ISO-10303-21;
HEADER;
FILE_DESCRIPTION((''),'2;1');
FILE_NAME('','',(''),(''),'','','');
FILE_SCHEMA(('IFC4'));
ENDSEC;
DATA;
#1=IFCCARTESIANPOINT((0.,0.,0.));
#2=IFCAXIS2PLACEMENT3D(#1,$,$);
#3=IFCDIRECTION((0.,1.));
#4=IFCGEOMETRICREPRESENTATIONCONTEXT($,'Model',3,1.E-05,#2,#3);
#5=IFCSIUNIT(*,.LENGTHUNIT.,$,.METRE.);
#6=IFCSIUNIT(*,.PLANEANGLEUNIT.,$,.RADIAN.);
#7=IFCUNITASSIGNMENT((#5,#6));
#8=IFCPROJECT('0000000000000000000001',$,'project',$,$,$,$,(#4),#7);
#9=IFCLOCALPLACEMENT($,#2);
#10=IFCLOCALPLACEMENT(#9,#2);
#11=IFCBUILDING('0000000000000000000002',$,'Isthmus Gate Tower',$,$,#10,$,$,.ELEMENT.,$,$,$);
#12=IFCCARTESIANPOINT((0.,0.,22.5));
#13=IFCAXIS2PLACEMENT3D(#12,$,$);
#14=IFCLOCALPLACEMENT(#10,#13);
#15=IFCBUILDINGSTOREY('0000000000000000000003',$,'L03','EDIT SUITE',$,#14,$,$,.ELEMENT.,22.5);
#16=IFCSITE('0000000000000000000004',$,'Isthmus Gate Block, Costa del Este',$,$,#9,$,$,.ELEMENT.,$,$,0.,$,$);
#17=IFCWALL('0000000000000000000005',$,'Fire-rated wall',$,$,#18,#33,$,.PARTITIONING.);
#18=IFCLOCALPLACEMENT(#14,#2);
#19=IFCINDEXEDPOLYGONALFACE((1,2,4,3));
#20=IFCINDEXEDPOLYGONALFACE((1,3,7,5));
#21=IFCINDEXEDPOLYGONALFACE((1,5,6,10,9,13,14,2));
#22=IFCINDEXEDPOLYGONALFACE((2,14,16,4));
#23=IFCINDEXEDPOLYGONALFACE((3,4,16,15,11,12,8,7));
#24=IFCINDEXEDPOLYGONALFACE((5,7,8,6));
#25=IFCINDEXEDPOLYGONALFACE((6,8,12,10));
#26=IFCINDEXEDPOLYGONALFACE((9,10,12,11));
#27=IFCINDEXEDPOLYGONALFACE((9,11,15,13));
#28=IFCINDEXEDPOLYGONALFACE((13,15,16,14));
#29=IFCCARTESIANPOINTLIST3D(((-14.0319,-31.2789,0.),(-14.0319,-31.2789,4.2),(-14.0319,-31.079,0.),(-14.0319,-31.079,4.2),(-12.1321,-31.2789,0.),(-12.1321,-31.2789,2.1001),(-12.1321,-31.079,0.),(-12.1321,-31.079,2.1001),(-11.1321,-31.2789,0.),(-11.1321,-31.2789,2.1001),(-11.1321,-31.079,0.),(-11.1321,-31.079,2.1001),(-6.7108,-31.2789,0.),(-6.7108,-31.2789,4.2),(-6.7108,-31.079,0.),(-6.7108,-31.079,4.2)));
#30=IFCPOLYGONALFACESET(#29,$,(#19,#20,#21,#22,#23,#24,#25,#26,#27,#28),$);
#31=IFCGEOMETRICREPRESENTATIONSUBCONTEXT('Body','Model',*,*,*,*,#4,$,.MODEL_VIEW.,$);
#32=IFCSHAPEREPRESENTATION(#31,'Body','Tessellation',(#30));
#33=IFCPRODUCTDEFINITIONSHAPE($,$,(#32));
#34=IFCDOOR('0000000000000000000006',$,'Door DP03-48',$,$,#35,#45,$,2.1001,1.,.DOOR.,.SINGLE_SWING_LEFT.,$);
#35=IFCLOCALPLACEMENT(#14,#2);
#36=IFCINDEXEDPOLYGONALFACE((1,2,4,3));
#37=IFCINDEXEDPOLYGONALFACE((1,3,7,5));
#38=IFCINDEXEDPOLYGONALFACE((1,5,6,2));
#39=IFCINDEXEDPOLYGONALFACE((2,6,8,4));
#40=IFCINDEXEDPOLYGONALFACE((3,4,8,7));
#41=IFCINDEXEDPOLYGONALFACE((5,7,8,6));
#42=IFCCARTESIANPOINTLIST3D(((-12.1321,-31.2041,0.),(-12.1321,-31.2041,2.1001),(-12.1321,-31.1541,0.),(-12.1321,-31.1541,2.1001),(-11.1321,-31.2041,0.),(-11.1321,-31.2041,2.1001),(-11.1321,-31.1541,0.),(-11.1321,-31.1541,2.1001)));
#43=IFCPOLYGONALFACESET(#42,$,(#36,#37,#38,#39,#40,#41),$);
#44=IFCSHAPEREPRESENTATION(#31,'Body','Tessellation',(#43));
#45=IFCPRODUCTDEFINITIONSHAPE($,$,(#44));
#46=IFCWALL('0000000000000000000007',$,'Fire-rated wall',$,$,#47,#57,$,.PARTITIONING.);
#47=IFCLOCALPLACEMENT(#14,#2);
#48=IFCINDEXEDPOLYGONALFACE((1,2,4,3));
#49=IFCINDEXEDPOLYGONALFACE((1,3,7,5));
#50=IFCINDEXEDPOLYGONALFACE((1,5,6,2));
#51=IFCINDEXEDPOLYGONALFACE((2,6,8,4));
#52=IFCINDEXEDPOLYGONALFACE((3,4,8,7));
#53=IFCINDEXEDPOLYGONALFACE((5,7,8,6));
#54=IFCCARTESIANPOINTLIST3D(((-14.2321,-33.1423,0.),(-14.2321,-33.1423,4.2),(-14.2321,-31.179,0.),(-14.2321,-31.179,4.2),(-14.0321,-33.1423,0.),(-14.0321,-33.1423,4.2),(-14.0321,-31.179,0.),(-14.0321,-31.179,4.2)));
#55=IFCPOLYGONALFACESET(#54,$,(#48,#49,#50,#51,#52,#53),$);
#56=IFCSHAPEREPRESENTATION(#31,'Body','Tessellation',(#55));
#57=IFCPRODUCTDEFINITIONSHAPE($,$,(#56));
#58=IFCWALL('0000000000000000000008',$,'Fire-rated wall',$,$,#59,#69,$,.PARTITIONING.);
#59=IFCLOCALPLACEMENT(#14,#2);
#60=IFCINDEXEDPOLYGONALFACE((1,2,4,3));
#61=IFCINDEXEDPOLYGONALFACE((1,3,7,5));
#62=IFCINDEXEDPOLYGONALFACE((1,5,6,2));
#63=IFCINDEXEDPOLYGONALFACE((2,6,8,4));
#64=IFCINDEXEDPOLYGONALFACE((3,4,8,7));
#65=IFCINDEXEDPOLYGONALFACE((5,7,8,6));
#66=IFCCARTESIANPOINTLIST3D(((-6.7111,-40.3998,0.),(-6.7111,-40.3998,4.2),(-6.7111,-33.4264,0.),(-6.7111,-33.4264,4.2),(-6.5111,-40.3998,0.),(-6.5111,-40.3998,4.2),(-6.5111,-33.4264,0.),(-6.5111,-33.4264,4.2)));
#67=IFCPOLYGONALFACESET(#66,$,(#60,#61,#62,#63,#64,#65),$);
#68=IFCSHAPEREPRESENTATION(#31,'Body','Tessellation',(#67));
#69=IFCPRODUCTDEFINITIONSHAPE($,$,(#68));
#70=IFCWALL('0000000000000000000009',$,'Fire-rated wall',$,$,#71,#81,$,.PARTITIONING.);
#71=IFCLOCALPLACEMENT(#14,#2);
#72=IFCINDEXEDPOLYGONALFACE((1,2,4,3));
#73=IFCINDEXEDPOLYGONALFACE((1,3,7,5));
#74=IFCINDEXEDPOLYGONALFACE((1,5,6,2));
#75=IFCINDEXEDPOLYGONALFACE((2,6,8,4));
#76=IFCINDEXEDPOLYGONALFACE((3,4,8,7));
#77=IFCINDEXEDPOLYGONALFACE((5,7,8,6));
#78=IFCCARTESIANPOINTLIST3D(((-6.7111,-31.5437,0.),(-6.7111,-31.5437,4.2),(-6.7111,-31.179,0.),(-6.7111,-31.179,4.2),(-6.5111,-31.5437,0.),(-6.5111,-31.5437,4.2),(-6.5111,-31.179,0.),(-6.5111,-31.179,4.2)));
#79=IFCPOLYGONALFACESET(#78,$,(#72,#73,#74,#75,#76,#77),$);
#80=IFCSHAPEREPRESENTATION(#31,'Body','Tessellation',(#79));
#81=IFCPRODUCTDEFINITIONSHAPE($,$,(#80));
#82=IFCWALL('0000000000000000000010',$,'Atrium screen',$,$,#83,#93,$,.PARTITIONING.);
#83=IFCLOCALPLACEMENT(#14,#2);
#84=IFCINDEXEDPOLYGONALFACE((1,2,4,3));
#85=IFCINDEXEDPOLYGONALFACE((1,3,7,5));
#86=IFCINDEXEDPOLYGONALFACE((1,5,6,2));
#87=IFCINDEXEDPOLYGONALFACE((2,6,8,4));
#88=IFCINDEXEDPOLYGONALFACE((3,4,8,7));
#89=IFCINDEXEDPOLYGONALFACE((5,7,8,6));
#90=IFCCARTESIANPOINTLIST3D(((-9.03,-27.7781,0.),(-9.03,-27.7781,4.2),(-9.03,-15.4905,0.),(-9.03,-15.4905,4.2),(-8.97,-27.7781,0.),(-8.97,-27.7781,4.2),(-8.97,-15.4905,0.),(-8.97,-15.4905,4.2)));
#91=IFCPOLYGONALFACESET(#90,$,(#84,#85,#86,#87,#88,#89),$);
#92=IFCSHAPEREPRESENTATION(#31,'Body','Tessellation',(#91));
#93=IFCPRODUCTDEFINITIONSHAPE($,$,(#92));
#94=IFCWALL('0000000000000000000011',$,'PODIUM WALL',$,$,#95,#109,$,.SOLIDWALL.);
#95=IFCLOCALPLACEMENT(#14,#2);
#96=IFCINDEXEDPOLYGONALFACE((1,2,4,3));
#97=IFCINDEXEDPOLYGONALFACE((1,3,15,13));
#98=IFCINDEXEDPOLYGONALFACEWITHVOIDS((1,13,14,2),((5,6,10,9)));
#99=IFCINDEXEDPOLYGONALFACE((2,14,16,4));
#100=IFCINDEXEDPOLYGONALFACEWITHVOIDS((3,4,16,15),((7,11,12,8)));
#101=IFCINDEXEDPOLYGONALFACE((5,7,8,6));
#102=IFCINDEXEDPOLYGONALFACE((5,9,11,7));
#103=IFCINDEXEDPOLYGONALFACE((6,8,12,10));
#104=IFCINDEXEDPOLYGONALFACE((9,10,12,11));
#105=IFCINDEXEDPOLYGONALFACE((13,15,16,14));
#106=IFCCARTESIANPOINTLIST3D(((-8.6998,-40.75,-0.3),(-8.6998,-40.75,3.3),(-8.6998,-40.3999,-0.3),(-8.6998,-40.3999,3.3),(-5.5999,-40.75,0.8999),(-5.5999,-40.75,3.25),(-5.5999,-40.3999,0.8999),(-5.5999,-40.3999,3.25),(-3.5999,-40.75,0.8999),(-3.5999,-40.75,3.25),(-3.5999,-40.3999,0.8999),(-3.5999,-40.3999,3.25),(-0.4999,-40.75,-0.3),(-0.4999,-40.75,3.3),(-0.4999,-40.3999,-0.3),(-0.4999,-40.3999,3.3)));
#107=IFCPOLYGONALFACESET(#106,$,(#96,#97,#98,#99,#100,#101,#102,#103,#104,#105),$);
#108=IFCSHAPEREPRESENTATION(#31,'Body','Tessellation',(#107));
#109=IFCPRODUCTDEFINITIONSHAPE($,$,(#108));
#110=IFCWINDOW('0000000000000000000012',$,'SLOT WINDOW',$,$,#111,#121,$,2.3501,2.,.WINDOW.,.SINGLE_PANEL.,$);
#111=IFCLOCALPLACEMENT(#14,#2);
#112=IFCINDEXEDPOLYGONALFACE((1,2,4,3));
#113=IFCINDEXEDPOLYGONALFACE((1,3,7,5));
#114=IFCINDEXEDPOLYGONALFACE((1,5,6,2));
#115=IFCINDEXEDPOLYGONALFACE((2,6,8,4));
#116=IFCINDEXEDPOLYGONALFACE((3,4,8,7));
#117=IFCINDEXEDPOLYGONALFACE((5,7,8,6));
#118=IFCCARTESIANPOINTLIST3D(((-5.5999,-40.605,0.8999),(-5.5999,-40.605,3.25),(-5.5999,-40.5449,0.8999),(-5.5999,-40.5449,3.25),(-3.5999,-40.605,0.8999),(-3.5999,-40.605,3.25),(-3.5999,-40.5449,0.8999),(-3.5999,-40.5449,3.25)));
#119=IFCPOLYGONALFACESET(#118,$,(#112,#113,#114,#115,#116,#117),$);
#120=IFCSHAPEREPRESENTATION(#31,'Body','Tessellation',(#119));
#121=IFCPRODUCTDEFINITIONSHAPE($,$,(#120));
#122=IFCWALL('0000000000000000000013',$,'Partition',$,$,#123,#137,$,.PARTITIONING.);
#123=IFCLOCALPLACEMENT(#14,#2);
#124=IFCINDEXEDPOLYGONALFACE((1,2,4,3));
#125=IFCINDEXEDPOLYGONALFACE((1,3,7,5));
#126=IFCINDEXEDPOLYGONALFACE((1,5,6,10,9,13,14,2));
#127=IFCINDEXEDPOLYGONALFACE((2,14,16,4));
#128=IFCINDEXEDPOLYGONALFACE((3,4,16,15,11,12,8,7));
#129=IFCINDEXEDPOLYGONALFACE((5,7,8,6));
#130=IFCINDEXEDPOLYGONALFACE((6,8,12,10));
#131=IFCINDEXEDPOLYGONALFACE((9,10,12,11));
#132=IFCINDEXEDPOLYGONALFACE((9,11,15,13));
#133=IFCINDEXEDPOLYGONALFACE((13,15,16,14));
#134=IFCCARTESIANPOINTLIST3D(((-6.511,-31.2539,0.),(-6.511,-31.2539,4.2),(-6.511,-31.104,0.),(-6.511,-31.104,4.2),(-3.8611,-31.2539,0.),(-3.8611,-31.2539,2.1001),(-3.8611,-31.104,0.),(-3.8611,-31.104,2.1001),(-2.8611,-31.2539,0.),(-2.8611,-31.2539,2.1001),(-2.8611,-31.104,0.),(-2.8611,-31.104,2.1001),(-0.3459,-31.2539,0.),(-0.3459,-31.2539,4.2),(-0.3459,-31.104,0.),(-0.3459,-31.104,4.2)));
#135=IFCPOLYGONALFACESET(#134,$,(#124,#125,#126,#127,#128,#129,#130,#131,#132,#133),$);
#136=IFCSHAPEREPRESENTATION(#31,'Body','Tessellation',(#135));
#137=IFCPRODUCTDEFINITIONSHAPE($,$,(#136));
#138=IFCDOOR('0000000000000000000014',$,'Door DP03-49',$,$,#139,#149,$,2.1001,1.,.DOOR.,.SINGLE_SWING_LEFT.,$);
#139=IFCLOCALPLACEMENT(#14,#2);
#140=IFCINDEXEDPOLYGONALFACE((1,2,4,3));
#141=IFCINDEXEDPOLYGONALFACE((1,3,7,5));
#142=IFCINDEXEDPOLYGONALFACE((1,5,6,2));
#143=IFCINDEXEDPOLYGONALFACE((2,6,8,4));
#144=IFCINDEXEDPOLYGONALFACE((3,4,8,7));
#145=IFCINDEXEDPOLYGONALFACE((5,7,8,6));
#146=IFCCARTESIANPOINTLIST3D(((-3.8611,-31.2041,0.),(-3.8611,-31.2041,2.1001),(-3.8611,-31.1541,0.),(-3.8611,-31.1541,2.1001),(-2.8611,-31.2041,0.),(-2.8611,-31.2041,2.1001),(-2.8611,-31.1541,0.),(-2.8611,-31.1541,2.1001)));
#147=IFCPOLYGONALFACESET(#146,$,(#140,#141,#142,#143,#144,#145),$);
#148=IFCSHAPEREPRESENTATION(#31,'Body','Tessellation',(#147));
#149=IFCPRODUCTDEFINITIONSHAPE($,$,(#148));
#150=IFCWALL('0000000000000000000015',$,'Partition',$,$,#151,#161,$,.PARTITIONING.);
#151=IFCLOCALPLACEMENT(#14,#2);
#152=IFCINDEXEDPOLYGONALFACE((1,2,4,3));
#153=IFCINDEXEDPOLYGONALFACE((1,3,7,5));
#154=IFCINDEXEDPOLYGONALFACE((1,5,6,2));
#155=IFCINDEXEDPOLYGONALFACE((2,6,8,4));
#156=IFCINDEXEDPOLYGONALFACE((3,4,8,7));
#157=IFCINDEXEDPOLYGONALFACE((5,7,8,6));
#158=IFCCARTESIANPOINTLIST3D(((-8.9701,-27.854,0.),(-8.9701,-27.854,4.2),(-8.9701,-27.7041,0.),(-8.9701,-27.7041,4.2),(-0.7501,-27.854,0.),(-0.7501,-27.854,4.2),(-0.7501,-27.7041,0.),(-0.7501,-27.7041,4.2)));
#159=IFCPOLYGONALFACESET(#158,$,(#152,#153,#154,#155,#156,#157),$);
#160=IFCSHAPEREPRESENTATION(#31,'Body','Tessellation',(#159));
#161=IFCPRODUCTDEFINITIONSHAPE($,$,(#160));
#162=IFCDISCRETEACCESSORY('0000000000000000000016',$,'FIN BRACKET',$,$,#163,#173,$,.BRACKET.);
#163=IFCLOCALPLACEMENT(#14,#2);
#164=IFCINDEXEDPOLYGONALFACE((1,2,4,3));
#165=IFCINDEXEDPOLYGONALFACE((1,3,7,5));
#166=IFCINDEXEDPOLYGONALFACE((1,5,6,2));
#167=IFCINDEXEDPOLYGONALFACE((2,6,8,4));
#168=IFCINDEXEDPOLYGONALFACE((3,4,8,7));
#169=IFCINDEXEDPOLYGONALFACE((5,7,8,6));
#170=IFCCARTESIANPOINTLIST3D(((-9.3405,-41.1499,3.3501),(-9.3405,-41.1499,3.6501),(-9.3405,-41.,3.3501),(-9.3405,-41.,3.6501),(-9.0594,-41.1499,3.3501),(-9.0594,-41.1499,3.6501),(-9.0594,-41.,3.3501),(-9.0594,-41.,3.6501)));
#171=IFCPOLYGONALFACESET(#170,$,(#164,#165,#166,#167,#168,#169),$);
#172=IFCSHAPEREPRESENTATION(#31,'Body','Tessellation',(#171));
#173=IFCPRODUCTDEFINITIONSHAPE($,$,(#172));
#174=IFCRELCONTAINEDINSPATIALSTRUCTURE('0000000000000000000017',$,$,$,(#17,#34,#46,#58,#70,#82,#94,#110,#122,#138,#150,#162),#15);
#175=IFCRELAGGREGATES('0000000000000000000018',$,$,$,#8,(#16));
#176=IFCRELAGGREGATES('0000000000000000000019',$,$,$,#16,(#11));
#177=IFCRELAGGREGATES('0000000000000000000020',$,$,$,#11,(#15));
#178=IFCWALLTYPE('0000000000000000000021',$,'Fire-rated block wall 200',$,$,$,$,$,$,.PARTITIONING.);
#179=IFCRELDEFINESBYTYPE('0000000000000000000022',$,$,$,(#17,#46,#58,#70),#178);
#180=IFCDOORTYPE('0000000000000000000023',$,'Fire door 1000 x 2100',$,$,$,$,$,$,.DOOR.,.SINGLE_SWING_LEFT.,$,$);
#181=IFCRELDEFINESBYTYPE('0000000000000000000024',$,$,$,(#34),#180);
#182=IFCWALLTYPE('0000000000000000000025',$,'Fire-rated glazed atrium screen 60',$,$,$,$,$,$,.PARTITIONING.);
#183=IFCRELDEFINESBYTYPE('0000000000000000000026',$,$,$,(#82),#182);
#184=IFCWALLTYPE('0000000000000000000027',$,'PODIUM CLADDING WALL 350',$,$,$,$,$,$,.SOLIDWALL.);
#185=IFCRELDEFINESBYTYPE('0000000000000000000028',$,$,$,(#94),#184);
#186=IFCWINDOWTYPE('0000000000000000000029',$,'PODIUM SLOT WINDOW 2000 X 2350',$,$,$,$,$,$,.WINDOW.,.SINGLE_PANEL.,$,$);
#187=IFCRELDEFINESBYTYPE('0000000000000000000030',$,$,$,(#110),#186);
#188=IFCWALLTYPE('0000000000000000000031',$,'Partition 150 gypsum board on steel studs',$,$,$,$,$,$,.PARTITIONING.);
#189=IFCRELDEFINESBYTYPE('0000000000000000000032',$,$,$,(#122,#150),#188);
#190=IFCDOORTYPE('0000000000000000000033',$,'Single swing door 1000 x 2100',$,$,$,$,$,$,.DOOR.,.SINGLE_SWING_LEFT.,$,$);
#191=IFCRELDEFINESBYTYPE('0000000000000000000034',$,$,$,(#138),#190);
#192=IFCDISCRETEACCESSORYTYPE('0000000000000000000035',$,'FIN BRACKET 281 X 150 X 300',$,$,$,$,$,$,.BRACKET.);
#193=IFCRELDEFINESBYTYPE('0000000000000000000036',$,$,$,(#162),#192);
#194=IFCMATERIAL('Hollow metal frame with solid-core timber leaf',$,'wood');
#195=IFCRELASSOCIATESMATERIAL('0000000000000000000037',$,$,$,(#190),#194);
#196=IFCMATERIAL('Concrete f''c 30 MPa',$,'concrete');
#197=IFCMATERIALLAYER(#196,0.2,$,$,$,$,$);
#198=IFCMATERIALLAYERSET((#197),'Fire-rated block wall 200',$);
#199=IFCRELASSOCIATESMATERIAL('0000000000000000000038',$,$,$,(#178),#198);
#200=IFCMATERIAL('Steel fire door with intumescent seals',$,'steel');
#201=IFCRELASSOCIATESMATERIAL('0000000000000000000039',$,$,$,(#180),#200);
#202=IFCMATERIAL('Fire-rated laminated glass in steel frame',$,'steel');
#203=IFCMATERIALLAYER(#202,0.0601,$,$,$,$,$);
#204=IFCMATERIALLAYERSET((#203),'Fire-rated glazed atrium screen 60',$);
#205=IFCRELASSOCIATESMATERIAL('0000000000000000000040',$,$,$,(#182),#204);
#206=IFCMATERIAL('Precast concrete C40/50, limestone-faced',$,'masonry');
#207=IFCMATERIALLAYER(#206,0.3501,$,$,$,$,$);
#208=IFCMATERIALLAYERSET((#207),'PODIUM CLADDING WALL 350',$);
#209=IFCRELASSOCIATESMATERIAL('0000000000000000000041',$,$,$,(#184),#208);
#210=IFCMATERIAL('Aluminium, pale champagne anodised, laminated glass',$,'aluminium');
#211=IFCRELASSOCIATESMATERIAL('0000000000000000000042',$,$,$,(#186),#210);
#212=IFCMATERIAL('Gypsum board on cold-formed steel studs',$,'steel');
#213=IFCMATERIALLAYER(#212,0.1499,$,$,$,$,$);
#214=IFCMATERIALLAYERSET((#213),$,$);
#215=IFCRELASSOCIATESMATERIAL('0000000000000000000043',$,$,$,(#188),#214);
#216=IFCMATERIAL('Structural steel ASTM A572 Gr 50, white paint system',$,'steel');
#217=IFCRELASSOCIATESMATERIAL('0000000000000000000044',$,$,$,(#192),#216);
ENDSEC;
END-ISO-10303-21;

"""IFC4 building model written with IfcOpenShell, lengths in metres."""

from ifc_helpers import new_model, si_unit, direction, frame, frame_2d, origin, origin_2d, place, context, subcontext, project, spatial, rectangle, extrude, material, layer, layer_set, type_object, element, fill, save


model = new_model("IFC4")

# Units and contexts
model_context = context("Model", 3, precision=1e-05, world=origin(), true_north=direction((0.0, 1.0)))
body_context = subcontext(model_context, "Body", "Model", "MODEL_VIEW")
ifc_project = project(units=[si_unit("LENGTHUNIT", "METRE"), si_unit("PLANEANGLEUNIT", "RADIAN")], contexts=[model_context])

# Site, building, storey
site_placement = place(None, origin())
site = spatial("IfcSite", under=ifc_project, at=site_placement, Name="Isthmus Gate Block, Costa del Este", CompositionType="ELEMENT", RefElevation=0.0)
building_placement = place(site_placement, origin())
building = spatial("IfcBuilding", under=site, at=building_placement, Name="Isthmus Gate Tower", CompositionType="ELEMENT")
storey_placement = place(building_placement, frame((0.0, 0.0, 22.5)))
storey = spatial("IfcBuildingStorey", under=building, at=storey_placement, Name="L03", Description="EDIT SUITE", CompositionType="ELEMENT", Elevation=22.5)

# Wall, opening, door
ifc_material_1 = material(Name="Hollow metal frame with solid-core timber leaf", Category="wood")
door_type_1 = type_object("IfcDoorType", Name="Single swing door 1000 x 2100", OperationType="SINGLE_SWING_LEFT", PredefinedType="DOOR", material=ifc_material_1)
ifc_material_2 = material(Name="Concrete f'c 30 MPa", Category="concrete")
ifc_layer_1 = layer(ifc_material_2, 0.2)
ifc_layer_set_1 = layer_set([ifc_layer_1], Name="Fire-rated block wall 200")
wall_type_1 = type_object("IfcWallType", Name="Fire-rated block wall 200", PredefinedType="PARTITIONING", material=ifc_layer_set_1)
wall_1_placement = place(storey_placement, frame((-14.032, -31.179, 0.0), z_axis=(0.0, 0.0, 1.0), x_axis=(1.0, 0.0, 0.0)))
wall_1 = element("IfcWall", 1, at=wall_1_placement, inside=storey, type_object=wall_type_1, Name="Fire-rated wall", PredefinedType="PARTITIONING", context=body_context, shape_type="SweptSolid", body=[
    extrude(rectangle(XDim=7.321, YDim=0.2, at=frame_2d((3.6606, 0.0))), origin(), (0.0, 0.0, 1.0), 4.2),
])
opening_1_placement = place(wall_1_placement, frame((1.8999, 0.0, 0.0)))
opening_1 = element("IfcOpeningElement", 2, at=opening_1_placement, cuts=wall_1, PredefinedType="OPENING", context=body_context, shape_type="SweptSolid", body=[
    extrude(rectangle(XDim=1.0, YDim=2.1001, at=frame_2d((0.5, 1.05))), frame((0.0, 0.1099, 0.0), z_axis=(0.0, -1.0, 0.0), x_axis=(1.0, 0.0, 0.0)), (0.0, 0.0, 1.0), 0.22),
])
ifc_material_3 = material(Name="Steel fire door with intumescent seals", Category="steel")
door_type_2 = type_object("IfcDoorType", Name="Fire door 1000 x 2100", OperationType="SINGLE_SWING_LEFT", PredefinedType="DOOR", material=ifc_material_3)
door_1_placement = place(opening_1_placement, origin())
door_1 = element("IfcDoor", 3, at=door_1_placement, inside=storey, type_object=door_type_2, Name="Door DP03-48", OperationType="SINGLE_SWING_LEFT", OverallHeight=2.1001, OverallWidth=1.0, PredefinedType="DOOR", context=body_context, shape_type="SweptSolid", body=[
    extrude(rectangle(XDim=1.0, YDim=2.1001, at=frame_2d((0.5, 1.05))), frame((0.0, 0.0249, 0.0), z_axis=(0.0, -1.0, 0.0), x_axis=(1.0, 0.0, 0.0)), (0.0, 0.0, 1.0), 0.05),
])
fill(opening_1, door_1)

# Walls
wall_2_placement = place(storey_placement, frame((-14.1321, -33.1423, 0.0), z_axis=(0.0, 0.0, 1.0), x_axis=(0.0, 1.0, 0.0)))
element("IfcWall", 4, at=wall_2_placement, inside=storey, type_object=wall_type_1, Name="Fire-rated wall", PredefinedType="PARTITIONING", context=body_context, shape_type="SweptSolid", body=[
    extrude(rectangle(XDim=1.9634, YDim=0.2, at=frame_2d((0.9817, 0.0))), origin(), (0.0, 0.0, 1.0), 4.2),
])
wall_3_placement = place(storey_placement, frame((-6.6111, -40.3999, 0.0), z_axis=(0.0, 0.0, 1.0), x_axis=(0.0, 1.0, 0.0)))
element("IfcWall", 5, at=wall_3_placement, inside=storey, type_object=wall_type_1, Name="Fire-rated wall", PredefinedType="PARTITIONING", context=body_context, shape_type="SweptSolid", body=[
    extrude(rectangle(XDim=6.9734, YDim=0.2, at=frame_2d((3.4868, 0.0))), origin(), (0.0, 0.0, 1.0), 4.2),
])
wall_4_placement = place(storey_placement, frame((-6.6111, -31.5437, 0.0), z_axis=(0.0, 0.0, 1.0), x_axis=(0.0, 1.0, 0.0)))
element("IfcWall", 6, at=wall_4_placement, inside=storey, type_object=wall_type_1, Name="Fire-rated wall", PredefinedType="PARTITIONING", context=body_context, shape_type="SweptSolid", body=[
    extrude(rectangle(XDim=0.3647, YDim=0.2, at=frame_2d((0.1824, 0.0))), origin(), (0.0, 0.0, 1.0), 4.2),
])
ifc_material_4 = material(Name="Fire-rated laminated glass in steel frame", Category="steel")
ifc_layer_2 = layer(ifc_material_4, 0.0601)
ifc_layer_set_2 = layer_set([ifc_layer_2], Name="Fire-rated glazed atrium screen 60")
wall_type_2 = type_object("IfcWallType", Name="Fire-rated glazed atrium screen 60", PredefinedType="PARTITIONING", material=ifc_layer_set_2)
wall_5_placement = place(storey_placement, frame((-9.0, -27.7781, 0.0), z_axis=(0.0, 0.0, 1.0), x_axis=(0.0, 1.0, 0.0)))
element("IfcWall", 7, at=wall_5_placement, inside=storey, type_object=wall_type_2, Name="Atrium screen", PredefinedType="PARTITIONING", context=body_context, shape_type="SweptSolid", body=[
    extrude(rectangle(XDim=12.2876, YDim=0.0601, at=frame_2d((6.1438, 0.0))), origin(), (0.0, 0.0, 1.0), 4.2),
])

# Wall, opening, window
ifc_material_5 = material(Name="Precast concrete C40/50, limestone-faced", Category="masonry")
ifc_layer_3 = layer(ifc_material_5, 0.3501)
ifc_layer_set_3 = layer_set([ifc_layer_3], Name="PODIUM CLADDING WALL 350")
wall_type_3 = type_object("IfcWallType", Name="PODIUM CLADDING WALL 350", PredefinedType="SOLIDWALL", material=ifc_layer_set_3)
wall_6_placement = place(storey_placement, frame((-8.7, -40.575, -0.3), z_axis=(0.0, 0.0, 1.0), x_axis=(1.0, 0.0, 0.0)))
wall_6 = element("IfcWall", 8, at=wall_6_placement, inside=storey, type_object=wall_type_3, Name="PODIUM WALL", PredefinedType="SOLIDWALL", context=body_context, shape_type="SweptSolid", body=[
    extrude(rectangle(XDim=8.2, YDim=0.3501, at=frame_2d((4.1001, 0.0))), origin(), (0.0, 0.0, 1.0), 3.6001),
])
opening_2_placement = place(wall_6_placement, frame((3.1001, 0.0, 1.2)))
opening_2 = element("IfcOpeningElement", 9, at=opening_2_placement, cuts=wall_6, PredefinedType="OPENING", context=body_context, shape_type="SweptSolid", body=[
    extrude(rectangle(XDim=2.0, YDim=2.3501, at=frame_2d((1.0, 1.175))), frame((0.0, 0.1851, 0.0), z_axis=(0.0, -1.0, 0.0), x_axis=(1.0, 0.0, 0.0)), (0.0, 0.0, 1.0), 0.3701),
])
ifc_material_6 = material(Name="Aluminium, pale champagne anodised, laminated glass", Category="aluminium")
window_type = type_object("IfcWindowType", Name="PODIUM SLOT WINDOW 2000 X 2350", PartitioningType="SINGLE_PANEL", PredefinedType="WINDOW", material=ifc_material_6)
window_placement = place(opening_2_placement, origin())
window = element("IfcWindow", 10, at=window_placement, inside=storey, type_object=window_type, Name="SLOT WINDOW", OverallHeight=2.3501, OverallWidth=2.0, PartitioningType="SINGLE_PANEL", PredefinedType="WINDOW", context=body_context, shape_type="SweptSolid", body=[
    extrude(rectangle(XDim=2.0, YDim=2.3501, at=frame_2d((1.0, 1.175))), frame((0.0, 0.03, 0.0), z_axis=(0.0, -1.0, 0.0), x_axis=(1.0, 0.0, 0.0)), (0.0, 0.0, 1.0), 0.0601),
])
fill(opening_2, window)

# Wall, opening, door
ifc_material_7 = material(Name="Gypsum board on cold-formed steel studs", Category="steel")
ifc_layer_4 = layer(ifc_material_7, 0.1499)
ifc_layer_set_4 = layer_set([ifc_layer_4])
wall_type_4 = type_object("IfcWallType", Name="Partition 150 gypsum board on steel studs", PredefinedType="PARTITIONING", material=ifc_layer_set_4)
wall_7_placement = place(storey_placement, frame((-6.511, -31.179, 0.0), z_axis=(0.0, 0.0, 1.0), x_axis=(1.0, 0.0, 0.0)))
wall_7 = element("IfcWall", 11, at=wall_7_placement, inside=storey, type_object=wall_type_4, Name="Partition", PredefinedType="PARTITIONING", context=body_context, shape_type="SweptSolid", body=[
    extrude(rectangle(XDim=6.165, YDim=0.1499, at=frame_2d((3.0825, 0.0))), origin(), (0.0, 0.0, 1.0), 4.2),
])
opening_3_placement = place(wall_7_placement, frame((2.6499, 0.0, 0.0)))
opening_3 = element("IfcOpeningElement", 12, at=opening_3_placement, cuts=wall_7, PredefinedType="OPENING", context=body_context, shape_type="SweptSolid", body=[
    extrude(rectangle(XDim=1.0, YDim=2.1001, at=frame_2d((0.5, 1.05))), frame((0.0, 0.085, 0.0), z_axis=(0.0, -1.0, 0.0), x_axis=(1.0, 0.0, 0.0)), (0.0, 0.0, 1.0), 0.1699),
])
door_2_placement = place(opening_3_placement, origin())
door_2 = element("IfcDoor", 13, at=door_2_placement, inside=storey, type_object=door_type_1, Name="Door DP03-49", OperationType="SINGLE_SWING_LEFT", OverallHeight=2.1001, OverallWidth=1.0, PredefinedType="DOOR", context=body_context, shape_type="SweptSolid", body=[
    extrude(rectangle(XDim=1.0, YDim=2.1001, at=frame_2d((0.5, 1.05))), frame((0.0, 0.0249, 0.0), z_axis=(0.0, -1.0, 0.0), x_axis=(1.0, 0.0, 0.0)), (0.0, 0.0, 1.0), 0.05),
])
fill(opening_3, door_2)

# Wall
wall_8_placement = place(storey_placement, frame((-8.97, -27.7791, 0.0), z_axis=(0.0, 0.0, 1.0), x_axis=(1.0, 0.0, 0.0)))
element("IfcWall", 14, at=wall_8_placement, inside=storey, type_object=wall_type_4, Name="Partition", PredefinedType="PARTITIONING", context=body_context, shape_type="SweptSolid", body=[
    extrude(rectangle(XDim=8.22, YDim=0.1499, at=frame_2d((4.1099, 0.0))), origin(), (0.0, 0.0, 1.0), 4.2),
])

# Discrete accessory
ifc_material_8 = material(Name="Structural steel ASTM A572 Gr 50, white paint system", Category="steel")
discrete_accessory_type = type_object("IfcDiscreteAccessoryType", Name="FIN BRACKET 281 X 150 X 300", PredefinedType="BRACKET", material=ifc_material_8)
discrete_accessory_placement = place(storey_placement, frame((-9.2, -41.075, 3.3501), z_axis=(0.0, 0.0, 1.0), x_axis=(0.0, -1.0, 0.0)))
element("IfcDiscreteAccessory", 15, at=discrete_accessory_placement, inside=storey, type_object=discrete_accessory_type, Name="FIN BRACKET", PredefinedType="BRACKET", context=body_context, shape_type="SweptSolid", body=[
    extrude(rectangle(XDim=0.1499, YDim=0.281, at=origin_2d()), origin(), (0.0, 0.0, 1.0), 0.3),
])

save(model, "model.ifc")
